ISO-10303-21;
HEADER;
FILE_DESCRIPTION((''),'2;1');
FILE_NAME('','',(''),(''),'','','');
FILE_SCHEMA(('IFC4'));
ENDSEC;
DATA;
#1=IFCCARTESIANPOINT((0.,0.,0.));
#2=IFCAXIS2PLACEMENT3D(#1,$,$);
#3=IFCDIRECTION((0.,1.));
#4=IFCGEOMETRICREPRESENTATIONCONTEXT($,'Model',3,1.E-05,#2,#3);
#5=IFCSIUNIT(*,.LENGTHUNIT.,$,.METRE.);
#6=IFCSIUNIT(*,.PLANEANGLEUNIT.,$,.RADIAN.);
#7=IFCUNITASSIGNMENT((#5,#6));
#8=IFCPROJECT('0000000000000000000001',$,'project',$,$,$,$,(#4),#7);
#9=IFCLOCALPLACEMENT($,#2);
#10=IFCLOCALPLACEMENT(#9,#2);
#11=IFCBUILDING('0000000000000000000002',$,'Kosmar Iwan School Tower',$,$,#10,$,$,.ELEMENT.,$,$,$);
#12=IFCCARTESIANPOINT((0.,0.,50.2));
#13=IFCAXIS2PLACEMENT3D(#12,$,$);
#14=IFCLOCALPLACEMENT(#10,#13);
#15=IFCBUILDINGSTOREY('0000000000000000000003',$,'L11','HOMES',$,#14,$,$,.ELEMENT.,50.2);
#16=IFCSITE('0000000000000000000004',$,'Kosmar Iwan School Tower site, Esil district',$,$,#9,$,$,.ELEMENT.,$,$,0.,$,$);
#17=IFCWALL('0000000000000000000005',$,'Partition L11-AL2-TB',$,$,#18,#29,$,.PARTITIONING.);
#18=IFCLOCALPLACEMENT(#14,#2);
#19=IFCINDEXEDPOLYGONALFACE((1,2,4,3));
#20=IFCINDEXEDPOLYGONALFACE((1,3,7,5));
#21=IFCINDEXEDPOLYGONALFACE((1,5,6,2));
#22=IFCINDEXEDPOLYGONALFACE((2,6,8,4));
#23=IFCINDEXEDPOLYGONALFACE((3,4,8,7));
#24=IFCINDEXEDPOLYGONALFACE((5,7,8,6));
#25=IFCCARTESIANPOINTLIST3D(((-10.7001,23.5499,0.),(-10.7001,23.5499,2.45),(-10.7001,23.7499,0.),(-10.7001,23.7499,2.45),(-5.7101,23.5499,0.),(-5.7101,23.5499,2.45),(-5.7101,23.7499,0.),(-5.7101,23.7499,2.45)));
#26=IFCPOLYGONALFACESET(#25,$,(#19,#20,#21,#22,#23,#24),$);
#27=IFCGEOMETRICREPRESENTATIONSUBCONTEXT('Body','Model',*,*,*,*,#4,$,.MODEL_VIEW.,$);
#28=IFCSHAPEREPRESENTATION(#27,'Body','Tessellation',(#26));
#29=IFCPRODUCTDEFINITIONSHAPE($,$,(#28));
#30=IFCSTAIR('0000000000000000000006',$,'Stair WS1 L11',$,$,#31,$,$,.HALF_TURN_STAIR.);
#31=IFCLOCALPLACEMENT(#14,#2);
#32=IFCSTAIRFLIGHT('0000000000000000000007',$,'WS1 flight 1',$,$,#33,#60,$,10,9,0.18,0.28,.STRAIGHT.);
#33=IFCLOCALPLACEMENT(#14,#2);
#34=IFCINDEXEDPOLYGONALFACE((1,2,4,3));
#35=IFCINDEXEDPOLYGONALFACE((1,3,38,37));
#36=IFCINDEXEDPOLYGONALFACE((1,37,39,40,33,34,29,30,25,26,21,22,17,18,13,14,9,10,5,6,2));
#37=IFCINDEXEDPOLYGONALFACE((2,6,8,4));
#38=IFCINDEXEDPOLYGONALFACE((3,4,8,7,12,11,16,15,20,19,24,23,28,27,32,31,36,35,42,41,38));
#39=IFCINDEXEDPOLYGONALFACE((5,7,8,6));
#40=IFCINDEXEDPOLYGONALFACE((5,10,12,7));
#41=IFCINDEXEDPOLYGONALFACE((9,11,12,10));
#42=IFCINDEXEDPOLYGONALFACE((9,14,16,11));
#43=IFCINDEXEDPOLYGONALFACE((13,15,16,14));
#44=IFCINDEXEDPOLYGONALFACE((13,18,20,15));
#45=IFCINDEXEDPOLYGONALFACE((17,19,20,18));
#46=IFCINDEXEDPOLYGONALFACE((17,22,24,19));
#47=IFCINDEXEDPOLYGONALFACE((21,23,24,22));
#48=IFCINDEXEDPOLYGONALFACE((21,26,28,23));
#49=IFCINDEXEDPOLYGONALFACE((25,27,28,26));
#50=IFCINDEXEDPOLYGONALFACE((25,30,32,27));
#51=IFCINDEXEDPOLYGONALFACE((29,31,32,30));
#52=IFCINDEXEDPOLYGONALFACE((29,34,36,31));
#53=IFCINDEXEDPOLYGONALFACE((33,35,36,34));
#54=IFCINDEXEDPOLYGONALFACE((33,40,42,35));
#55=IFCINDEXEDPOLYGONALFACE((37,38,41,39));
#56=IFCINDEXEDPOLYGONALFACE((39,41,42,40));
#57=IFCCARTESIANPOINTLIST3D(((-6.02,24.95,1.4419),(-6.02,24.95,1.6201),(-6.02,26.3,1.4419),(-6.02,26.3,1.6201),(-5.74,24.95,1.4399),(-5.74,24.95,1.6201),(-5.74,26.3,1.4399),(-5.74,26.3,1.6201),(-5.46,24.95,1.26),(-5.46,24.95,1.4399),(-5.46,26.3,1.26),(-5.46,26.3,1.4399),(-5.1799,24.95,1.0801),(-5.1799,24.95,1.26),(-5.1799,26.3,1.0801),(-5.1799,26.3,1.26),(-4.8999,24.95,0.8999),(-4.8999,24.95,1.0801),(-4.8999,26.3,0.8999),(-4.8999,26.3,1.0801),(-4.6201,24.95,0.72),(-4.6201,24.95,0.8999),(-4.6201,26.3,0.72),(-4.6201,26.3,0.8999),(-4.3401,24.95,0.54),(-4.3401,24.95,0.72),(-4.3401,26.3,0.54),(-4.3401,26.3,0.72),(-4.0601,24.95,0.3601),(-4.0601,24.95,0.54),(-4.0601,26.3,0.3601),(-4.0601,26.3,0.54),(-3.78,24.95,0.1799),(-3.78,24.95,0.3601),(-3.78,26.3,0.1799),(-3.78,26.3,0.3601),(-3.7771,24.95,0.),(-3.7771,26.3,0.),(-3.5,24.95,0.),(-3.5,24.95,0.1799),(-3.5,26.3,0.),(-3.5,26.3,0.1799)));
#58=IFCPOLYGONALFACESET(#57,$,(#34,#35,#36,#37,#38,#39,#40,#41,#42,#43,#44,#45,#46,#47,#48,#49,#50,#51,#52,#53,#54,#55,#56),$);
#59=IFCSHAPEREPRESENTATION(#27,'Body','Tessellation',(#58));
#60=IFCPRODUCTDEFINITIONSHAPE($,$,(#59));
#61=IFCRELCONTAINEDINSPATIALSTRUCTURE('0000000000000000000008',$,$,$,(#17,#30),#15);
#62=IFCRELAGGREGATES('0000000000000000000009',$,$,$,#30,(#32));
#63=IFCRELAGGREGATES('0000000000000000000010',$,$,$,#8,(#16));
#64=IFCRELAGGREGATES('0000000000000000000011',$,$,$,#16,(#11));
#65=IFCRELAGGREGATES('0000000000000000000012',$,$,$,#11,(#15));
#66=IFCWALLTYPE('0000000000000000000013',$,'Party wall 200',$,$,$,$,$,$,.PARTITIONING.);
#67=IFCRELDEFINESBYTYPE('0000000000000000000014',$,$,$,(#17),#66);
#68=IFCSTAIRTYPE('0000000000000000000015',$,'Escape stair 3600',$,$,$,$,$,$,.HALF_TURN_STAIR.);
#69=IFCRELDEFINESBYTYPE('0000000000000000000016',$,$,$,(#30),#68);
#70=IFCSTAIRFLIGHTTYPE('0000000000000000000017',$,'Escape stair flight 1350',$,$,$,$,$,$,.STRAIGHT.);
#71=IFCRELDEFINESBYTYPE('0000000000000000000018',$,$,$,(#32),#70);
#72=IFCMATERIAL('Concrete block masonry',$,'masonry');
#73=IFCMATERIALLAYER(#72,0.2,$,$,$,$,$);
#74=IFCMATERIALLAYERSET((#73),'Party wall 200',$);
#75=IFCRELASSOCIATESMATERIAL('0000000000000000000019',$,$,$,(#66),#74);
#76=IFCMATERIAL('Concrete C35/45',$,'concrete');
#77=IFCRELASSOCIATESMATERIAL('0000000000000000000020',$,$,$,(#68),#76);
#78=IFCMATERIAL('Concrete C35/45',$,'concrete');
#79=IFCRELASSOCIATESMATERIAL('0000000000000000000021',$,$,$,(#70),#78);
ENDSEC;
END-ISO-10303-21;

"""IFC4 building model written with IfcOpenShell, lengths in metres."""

from ifc_helpers import new_model, si_unit, direction, frame, frame_2d, origin, place, context, subcontext, project, spatial, polyline, rectangle, outline, extrude, material, layer, layer_set, type_object, element, aggregate, save


model = new_model("IFC4")

# Units and contexts
model_context = context("Model", 3, precision=1e-05, world=origin(), true_north=direction((0.0, 1.0)))
body_context = subcontext(model_context, "Body", "Model", "MODEL_VIEW")
ifc_project = project(units=[si_unit("LENGTHUNIT", "METRE"), si_unit("PLANEANGLEUNIT", "RADIAN")], contexts=[model_context])

# Site, building, storey
site_placement = place(None, origin())
site = spatial("IfcSite", under=ifc_project, at=site_placement, Name="Kosmar Iwan School Tower site, Esil district", CompositionType="ELEMENT", RefElevation=0.0)
building_placement = place(site_placement, origin())
building = spatial("IfcBuilding", under=site, at=building_placement, Name="Kosmar Iwan School Tower", CompositionType="ELEMENT")
storey_placement = place(building_placement, frame((0.0, 0.0, 50.2)))
storey = spatial("IfcBuildingStorey", under=building, at=storey_placement, Name="L11", Description="HOMES", CompositionType="ELEMENT", Elevation=50.2)

# Wall
ifc_material_1 = material(Name="Concrete block masonry", Category="masonry")
ifc_layer_1 = layer(ifc_material_1, 0.2)
ifc_layer_set_1 = layer_set([ifc_layer_1], Name="Party wall 200")
wall_type_1 = type_object("IfcWallType", Name="Party wall 200", PredefinedType="PARTITIONING", material=ifc_layer_set_1)
wall_1_placement = place(storey_placement, frame((-5.71, 23.6499, 0.0), z_axis=(0.0, 0.0, 1.0), x_axis=(-1.0, 0.0, 0.0)))
element("IfcWall", 1, at=wall_1_placement, inside=storey, type_object=wall_type_1, Name="Partition L11-AL2-TB", PredefinedType="PARTITIONING", context=body_context, shape_type="SweptSolid", body=[
    extrude(rectangle(XDim=4.99, YDim=0.2, at=frame_2d((2.4951, 0.0))), origin(), (0.0, 0.0, 1.0), 2.45),
])

# Stair, stair flight
ifc_material_2 = material(Name="Concrete C35/45", Category="concrete")
stair_type = type_object("IfcStairType", Name="Escape stair 3600", PredefinedType="HALF_TURN_STAIR", material=ifc_material_2)
stair_placement = place(storey_placement, origin())
stair = element("IfcStair", 2, at=stair_placement, inside=storey, type_object=stair_type, Name="Stair WS1 L11", PredefinedType="HALF_TURN_STAIR")
ifc_material_3 = material(Name="Concrete C35/45", Category="concrete")
stair_flight_type = type_object("IfcStairFlightType", Name="Escape stair flight 1350", PredefinedType="STRAIGHT", material=ifc_material_3)
stair_flight_placement = place(storey_placement, frame((-3.5, 25.625, 0.0), z_axis=(0.0, 0.0, 1.0), x_axis=(-1.0, 0.0, 0.0)))
stair_flight = element("IfcStairFlight", 3, at=stair_flight_placement, type_object=stair_flight_type, Name="WS1 flight 1", NumberOfRisers=10, NumberOfTreads=9, PredefinedType="STRAIGHT", RiserHeight=0.18, TreadLength=0.28, context=body_context, shape_type="SweptSolid", body=[
    extrude(outline(polyline([(0.0, 0.0), (0.0, 0.1799), (0.28, 0.1799), (0.28, 0.3601), (0.5601, 0.3601), (0.5601, 0.54), (0.8401, 0.54), (0.8401, 0.72), (1.1201, 0.72), (1.1201, 0.8999), (1.3999, 0.8999), (1.3999, 1.0801), (1.6799, 1.0801), (1.6799, 1.26), (1.96, 1.26), (1.96, 1.4399), (2.24, 1.4399), (2.24, 1.6201), (2.52, 1.6201), (2.52, 1.8), (2.52, 1.4419), (0.2771, 0.0), (0.0, 0.0)])), frame((0.0, 0.675, 0.0), z_axis=(0.0, -1.0, 0.0), x_axis=(1.0, 0.0, 0.0)), (0.0, 0.0, 1.0), 1.3501),
])
aggregate(stair, [stair_flight])

save(model, "model.ifc")
